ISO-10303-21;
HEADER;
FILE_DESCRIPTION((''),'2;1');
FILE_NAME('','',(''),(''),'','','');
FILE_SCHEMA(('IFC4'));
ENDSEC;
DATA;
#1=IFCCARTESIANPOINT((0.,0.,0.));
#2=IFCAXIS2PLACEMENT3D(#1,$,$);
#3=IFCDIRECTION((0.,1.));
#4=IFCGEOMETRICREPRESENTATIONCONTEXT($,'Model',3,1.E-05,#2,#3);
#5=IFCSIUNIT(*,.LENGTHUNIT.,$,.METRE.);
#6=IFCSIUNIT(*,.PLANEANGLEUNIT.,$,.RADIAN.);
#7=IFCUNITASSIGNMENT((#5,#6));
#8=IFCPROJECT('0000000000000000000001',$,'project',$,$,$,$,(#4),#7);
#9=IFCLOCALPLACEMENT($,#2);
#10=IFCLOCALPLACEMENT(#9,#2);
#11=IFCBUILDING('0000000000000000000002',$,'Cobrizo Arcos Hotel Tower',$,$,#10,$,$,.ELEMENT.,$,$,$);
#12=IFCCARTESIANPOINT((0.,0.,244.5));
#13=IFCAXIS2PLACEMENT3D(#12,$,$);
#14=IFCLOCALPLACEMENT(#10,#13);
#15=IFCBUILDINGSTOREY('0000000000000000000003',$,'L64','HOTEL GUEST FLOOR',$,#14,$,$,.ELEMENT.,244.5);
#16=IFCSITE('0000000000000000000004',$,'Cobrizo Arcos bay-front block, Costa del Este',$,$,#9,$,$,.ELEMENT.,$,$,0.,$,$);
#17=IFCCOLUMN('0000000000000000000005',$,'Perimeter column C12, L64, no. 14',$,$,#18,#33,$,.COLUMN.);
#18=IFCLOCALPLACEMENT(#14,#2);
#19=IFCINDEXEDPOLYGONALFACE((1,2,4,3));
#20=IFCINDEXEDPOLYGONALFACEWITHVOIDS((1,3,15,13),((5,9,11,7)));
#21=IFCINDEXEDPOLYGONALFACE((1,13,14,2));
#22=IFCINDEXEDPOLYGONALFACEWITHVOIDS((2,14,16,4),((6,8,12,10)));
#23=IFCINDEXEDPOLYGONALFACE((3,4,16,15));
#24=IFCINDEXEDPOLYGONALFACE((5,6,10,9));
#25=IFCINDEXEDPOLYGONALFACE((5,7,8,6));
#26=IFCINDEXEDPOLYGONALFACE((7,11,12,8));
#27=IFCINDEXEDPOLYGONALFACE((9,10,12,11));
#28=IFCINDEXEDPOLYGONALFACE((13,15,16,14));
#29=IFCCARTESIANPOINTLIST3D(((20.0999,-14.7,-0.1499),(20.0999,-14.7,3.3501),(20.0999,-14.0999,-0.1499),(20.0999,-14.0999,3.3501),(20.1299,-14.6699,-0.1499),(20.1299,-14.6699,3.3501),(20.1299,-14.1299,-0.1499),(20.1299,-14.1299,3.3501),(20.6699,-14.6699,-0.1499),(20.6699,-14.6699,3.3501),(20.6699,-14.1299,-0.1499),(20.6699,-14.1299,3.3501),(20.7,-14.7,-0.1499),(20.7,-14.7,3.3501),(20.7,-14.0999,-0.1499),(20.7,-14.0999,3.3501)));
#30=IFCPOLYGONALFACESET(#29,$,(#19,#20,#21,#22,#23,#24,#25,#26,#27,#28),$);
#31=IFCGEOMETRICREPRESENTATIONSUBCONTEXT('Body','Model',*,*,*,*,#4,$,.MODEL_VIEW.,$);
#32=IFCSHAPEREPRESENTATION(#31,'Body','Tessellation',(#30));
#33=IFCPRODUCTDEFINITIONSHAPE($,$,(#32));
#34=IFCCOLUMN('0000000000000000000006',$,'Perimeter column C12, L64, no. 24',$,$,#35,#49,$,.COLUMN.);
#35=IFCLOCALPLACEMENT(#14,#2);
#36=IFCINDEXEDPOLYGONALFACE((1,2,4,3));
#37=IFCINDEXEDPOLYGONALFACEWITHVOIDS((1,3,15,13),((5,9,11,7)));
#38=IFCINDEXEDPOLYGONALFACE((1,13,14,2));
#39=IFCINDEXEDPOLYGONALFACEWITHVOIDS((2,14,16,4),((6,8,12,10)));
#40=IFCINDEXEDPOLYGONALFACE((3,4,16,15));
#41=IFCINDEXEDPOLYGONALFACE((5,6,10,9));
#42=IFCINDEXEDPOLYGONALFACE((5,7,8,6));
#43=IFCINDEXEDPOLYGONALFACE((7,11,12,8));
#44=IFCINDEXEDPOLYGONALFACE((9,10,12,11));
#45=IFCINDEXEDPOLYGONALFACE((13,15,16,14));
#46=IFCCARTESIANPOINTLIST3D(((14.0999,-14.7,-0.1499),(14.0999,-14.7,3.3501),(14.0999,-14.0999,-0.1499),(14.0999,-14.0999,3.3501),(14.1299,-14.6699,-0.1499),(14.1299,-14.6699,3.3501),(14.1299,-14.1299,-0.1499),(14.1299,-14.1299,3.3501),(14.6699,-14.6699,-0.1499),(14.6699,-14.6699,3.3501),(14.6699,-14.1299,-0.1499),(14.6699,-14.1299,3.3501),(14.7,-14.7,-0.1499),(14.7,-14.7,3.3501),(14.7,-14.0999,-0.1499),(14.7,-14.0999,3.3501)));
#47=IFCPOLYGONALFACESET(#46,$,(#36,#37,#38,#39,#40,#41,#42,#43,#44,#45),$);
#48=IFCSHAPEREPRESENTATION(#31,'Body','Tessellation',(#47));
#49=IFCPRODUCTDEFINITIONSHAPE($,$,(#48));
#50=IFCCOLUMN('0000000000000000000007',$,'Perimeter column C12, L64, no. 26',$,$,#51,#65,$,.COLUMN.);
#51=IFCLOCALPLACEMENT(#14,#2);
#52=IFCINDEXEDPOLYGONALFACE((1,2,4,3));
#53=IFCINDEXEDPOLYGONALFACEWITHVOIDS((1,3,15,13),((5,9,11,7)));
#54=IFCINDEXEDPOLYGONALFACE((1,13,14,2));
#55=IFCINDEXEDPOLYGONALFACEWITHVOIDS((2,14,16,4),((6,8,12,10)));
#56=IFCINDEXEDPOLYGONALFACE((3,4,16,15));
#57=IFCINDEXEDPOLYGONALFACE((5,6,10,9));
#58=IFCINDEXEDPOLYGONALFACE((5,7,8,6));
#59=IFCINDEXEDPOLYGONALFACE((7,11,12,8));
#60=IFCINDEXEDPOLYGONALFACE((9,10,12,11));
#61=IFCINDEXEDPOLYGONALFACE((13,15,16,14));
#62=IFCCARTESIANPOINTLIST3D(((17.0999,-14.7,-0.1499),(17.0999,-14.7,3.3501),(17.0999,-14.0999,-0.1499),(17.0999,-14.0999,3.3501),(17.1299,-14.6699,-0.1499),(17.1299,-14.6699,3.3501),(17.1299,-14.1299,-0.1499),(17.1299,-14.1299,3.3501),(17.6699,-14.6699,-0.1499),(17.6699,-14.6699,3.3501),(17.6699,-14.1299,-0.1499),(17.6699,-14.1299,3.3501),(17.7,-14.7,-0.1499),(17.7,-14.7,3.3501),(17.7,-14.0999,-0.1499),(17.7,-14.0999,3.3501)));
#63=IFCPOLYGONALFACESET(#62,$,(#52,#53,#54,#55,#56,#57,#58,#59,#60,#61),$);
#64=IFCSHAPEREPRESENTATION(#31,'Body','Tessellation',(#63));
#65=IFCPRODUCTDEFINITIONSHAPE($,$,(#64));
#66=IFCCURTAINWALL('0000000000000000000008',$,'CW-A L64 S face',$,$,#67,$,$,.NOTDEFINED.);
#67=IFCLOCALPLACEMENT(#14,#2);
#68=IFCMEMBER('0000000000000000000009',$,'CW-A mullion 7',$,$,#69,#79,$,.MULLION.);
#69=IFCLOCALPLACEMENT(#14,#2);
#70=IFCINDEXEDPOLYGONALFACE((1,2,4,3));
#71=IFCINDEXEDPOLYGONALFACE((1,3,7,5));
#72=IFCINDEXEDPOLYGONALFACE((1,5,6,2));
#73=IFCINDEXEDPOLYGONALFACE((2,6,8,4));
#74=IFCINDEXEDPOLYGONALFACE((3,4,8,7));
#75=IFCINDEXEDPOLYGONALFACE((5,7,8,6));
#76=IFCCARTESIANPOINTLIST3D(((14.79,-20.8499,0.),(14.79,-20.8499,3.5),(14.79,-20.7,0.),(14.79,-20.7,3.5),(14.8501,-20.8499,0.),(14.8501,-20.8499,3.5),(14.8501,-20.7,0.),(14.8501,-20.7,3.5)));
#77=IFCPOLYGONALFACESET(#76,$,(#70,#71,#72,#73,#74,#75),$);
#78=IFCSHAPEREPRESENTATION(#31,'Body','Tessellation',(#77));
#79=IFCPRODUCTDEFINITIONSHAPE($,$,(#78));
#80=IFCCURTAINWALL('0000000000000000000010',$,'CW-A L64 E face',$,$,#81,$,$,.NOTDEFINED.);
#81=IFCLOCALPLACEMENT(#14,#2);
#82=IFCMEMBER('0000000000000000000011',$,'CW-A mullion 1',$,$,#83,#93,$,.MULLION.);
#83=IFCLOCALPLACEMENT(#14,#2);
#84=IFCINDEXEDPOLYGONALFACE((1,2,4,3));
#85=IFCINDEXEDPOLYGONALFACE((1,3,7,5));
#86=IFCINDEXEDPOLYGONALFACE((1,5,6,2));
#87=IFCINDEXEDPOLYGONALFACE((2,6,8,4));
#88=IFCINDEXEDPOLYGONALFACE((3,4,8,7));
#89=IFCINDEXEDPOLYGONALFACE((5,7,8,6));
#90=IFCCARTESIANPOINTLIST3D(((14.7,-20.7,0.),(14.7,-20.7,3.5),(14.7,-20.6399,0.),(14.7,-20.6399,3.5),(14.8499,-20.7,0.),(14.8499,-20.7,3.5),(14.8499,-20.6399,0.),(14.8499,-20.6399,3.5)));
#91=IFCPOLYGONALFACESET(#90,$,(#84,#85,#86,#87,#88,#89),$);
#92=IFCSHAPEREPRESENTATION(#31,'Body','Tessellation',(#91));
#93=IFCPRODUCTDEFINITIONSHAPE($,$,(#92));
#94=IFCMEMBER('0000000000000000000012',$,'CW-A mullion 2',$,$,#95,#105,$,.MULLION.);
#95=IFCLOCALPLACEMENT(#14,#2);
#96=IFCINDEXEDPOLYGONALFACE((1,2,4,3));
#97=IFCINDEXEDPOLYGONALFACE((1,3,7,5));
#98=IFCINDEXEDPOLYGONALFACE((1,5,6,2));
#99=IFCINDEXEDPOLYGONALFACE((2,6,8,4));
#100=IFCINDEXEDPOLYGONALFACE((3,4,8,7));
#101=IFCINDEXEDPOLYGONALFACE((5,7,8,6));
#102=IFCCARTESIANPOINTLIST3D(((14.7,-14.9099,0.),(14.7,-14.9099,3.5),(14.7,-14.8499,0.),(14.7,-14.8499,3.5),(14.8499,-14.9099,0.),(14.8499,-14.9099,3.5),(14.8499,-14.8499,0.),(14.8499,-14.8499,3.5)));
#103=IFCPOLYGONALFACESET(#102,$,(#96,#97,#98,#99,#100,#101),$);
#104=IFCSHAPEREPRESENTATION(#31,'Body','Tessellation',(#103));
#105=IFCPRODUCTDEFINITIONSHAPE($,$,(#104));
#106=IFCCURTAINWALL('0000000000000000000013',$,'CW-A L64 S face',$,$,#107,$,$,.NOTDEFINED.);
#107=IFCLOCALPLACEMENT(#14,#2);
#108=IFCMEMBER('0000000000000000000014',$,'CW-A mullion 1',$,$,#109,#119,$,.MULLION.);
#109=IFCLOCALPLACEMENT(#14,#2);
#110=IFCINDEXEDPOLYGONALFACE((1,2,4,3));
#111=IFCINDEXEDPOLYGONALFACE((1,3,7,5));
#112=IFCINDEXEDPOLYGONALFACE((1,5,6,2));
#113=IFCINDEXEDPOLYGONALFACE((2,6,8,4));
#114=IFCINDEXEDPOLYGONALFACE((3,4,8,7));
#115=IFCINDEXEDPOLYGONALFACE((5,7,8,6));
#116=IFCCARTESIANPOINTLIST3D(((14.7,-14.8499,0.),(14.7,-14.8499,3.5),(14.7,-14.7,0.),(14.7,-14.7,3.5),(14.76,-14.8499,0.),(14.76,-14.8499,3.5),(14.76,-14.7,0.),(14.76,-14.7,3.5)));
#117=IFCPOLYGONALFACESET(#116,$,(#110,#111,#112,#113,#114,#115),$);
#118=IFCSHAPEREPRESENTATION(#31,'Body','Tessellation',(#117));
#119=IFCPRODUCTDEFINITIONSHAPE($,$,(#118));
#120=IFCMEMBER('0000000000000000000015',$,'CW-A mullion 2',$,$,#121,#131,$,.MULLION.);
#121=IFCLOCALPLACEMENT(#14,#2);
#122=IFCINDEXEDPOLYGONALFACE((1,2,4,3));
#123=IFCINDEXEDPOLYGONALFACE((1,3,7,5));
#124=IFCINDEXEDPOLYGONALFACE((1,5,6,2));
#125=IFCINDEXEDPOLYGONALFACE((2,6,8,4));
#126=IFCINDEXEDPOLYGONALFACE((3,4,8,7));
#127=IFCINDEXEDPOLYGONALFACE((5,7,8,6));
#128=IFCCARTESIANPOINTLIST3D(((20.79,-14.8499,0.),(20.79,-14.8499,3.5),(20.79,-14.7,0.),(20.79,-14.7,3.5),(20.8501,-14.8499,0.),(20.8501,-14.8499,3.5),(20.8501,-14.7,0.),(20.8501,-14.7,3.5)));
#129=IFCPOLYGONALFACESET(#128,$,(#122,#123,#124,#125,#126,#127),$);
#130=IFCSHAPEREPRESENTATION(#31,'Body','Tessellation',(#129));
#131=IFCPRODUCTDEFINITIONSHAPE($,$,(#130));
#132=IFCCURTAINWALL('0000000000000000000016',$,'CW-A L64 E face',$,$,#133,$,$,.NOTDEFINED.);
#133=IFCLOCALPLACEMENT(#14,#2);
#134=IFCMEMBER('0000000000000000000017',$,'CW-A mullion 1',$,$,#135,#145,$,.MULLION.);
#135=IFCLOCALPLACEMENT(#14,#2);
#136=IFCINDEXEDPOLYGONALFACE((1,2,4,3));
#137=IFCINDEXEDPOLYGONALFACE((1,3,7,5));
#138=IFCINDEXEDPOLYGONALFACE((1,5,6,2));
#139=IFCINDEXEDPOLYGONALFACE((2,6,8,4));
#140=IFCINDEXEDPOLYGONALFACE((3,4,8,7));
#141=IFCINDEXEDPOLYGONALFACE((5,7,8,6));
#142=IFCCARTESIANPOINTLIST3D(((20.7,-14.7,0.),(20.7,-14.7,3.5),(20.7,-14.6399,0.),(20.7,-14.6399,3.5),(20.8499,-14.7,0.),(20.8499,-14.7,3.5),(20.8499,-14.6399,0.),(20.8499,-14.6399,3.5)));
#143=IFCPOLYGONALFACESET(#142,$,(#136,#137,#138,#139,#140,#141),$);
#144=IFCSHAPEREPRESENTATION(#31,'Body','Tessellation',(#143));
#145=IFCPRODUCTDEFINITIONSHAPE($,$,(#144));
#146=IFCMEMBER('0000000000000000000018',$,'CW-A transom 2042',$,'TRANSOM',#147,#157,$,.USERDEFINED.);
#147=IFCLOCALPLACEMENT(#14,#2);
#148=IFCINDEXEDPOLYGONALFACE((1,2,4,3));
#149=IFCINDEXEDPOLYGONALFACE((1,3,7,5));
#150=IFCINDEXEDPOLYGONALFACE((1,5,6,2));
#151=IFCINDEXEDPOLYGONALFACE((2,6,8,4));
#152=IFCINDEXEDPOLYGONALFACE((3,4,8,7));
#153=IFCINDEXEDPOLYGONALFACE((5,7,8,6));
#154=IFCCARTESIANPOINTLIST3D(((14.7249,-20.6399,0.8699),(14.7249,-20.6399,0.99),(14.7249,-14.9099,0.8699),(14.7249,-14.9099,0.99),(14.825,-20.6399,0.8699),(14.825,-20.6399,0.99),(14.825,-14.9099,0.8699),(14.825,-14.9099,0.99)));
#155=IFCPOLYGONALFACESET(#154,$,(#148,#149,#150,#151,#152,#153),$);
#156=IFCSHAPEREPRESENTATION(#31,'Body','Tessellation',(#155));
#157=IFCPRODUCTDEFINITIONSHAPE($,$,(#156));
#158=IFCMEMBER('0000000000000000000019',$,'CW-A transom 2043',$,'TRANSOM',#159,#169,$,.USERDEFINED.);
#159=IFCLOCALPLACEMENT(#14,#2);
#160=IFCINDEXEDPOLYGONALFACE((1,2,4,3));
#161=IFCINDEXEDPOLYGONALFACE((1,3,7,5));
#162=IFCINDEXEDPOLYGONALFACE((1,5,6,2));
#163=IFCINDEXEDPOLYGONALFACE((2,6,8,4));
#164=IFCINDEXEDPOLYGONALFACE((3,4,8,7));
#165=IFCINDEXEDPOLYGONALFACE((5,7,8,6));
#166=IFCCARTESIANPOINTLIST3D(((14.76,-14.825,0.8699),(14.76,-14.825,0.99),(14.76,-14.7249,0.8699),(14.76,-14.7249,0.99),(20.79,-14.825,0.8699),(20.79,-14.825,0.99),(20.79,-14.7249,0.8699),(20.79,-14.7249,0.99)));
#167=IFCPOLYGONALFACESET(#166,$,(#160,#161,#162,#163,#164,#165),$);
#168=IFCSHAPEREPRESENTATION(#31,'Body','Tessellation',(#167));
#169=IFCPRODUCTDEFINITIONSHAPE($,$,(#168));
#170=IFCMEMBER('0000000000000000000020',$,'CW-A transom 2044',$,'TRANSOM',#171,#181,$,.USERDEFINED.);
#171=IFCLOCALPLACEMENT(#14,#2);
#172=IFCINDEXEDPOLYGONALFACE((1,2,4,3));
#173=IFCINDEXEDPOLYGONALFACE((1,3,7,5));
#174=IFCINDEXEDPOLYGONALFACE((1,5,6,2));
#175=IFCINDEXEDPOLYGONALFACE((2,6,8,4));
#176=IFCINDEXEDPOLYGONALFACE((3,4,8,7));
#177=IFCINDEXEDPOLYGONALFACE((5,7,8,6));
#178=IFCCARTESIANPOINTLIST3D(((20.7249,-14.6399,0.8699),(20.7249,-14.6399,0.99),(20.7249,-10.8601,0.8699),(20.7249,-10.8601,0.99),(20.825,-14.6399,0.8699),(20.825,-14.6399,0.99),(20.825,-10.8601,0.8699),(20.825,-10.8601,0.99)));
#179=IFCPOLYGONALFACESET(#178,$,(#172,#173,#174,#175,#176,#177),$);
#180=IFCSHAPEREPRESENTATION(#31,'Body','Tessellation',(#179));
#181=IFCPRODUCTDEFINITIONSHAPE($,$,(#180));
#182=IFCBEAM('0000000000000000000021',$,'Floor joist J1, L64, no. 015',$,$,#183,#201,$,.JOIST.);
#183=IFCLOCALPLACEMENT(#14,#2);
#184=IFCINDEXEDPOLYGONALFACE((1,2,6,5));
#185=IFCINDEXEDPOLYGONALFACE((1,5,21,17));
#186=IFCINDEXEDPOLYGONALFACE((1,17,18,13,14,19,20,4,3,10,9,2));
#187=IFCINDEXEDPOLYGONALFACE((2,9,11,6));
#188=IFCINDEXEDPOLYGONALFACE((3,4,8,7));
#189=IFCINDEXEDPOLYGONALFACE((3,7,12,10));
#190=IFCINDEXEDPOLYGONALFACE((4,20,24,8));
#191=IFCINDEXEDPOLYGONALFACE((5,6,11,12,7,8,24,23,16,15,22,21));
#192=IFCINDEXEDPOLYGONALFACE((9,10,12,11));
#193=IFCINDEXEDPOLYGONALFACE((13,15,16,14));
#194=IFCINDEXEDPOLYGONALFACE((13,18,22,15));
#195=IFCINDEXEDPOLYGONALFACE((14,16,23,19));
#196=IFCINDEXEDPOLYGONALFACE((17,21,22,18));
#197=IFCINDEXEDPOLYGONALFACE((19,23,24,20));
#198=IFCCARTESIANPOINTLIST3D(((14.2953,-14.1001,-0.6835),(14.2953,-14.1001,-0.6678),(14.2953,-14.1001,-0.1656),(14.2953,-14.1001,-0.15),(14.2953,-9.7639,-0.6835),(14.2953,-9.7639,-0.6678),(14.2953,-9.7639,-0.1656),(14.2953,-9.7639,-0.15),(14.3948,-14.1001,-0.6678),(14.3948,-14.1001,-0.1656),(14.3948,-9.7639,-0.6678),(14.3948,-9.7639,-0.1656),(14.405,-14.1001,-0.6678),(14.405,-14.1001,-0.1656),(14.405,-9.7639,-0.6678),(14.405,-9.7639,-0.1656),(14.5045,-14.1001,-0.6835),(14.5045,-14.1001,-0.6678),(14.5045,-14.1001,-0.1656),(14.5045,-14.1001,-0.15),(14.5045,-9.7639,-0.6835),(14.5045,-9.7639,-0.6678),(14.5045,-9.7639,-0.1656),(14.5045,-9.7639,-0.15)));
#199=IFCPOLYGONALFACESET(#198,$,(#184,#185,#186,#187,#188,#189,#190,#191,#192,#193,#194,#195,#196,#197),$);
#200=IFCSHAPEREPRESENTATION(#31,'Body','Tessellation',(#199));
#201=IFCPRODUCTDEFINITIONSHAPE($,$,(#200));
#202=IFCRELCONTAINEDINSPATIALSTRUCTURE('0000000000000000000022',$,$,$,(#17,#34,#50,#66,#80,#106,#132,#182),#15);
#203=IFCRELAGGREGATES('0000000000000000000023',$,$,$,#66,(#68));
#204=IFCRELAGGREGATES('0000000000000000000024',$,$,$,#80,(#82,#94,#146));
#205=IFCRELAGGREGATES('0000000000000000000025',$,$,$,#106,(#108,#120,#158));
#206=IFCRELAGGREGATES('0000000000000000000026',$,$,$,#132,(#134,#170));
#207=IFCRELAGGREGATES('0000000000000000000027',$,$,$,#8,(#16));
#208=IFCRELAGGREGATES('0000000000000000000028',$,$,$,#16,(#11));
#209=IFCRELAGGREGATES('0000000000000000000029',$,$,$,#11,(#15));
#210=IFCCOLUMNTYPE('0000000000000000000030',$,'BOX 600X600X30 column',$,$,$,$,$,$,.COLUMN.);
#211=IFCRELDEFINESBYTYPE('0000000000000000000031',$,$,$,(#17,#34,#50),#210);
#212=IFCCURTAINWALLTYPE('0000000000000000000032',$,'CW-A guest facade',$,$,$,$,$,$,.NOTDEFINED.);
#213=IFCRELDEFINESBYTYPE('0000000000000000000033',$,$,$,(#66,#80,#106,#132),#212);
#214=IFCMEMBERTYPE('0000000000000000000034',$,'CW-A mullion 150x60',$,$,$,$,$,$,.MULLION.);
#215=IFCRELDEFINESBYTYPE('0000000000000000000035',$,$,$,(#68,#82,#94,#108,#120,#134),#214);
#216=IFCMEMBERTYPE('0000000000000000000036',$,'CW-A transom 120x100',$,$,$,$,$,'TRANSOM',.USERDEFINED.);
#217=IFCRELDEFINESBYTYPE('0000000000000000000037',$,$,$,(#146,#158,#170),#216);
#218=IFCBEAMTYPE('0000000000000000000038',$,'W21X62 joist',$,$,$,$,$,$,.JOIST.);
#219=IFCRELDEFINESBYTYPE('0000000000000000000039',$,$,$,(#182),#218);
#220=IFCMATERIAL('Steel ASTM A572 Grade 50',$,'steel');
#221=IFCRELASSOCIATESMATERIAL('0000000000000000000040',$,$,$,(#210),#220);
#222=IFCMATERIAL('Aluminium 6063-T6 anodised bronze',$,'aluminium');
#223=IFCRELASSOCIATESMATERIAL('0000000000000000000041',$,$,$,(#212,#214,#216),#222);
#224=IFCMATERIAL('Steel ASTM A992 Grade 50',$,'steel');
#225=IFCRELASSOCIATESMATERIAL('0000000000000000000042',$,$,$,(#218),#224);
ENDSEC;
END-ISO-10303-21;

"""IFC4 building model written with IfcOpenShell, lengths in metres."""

from ifc_helpers import new_model, si_unit, direction, frame, origin, origin_2d, place, context, subcontext, project, spatial, rectangle, hollow_rectangle, i_section, extrude, material, material_profile, profile_set, type_object, element, aggregate, save


model = new_model("IFC4")

# Units and contexts
model_context = context("Model", 3, precision=1e-05, world=origin(), true_north=direction((0.0, 1.0)))
body_context = subcontext(model_context, "Body", "Model", "MODEL_VIEW")
ifc_project = project(units=[si_unit("LENGTHUNIT", "METRE"), si_unit("PLANEANGLEUNIT", "RADIAN")], contexts=[model_context])

# Site, building, storey
site_placement = place(None, origin())
site = spatial("IfcSite", under=ifc_project, at=site_placement, Name="Cobrizo Arcos bay-front block, Costa del Este", CompositionType="ELEMENT", RefElevation=0.0)
building_placement = place(site_placement, origin())
building = spatial("IfcBuilding", under=site, at=building_placement, Name="Cobrizo Arcos Hotel Tower", CompositionType="ELEMENT")
storey_placement = place(building_placement, frame((0.0, 0.0, 244.5)))
storey = spatial("IfcBuildingStorey", under=building, at=storey_placement, Name="L64", Description="HOTEL GUEST FLOOR", CompositionType="ELEMENT", Elevation=244.5)

# Columns
ifc_material_1 = material(Name="Steel ASTM A572 Grade 50", Category="steel")
ifc_material_profile_1 = material_profile(ifc_material_1, hollow_rectangle(XDim=0.6001, YDim=0.6001, WallThickness=0.03, at=origin_2d()), Name="BOX 600X600X30")
ifc_profile_set_1 = profile_set([ifc_material_profile_1], Name="Steel ASTM A572 Grade 50")
column_type = type_object("IfcColumnType", Name="BOX 600X600X30 column", PredefinedType="COLUMN", material=ifc_profile_set_1)
for number, where, z_axis, x_axis, name in (
    (1, (20.3999, -14.3999, -0.1499), (0.0, 0.0, 1.0), (1.0, 0.0, 0.0), "Perimeter column C12, L64, no. 14"),
    (2, (14.3999, -14.3999, -0.1499), (0.0, 0.0, 1.0), (1.0, 0.0, 0.0), "Perimeter column C12, L64, no. 24"),
    (3, (17.3999, -14.3999, -0.1499), (0.0, 0.0, 1.0), (1.0, 0.0, 0.0), "Perimeter column C12, L64, no. 26"),
):
    element("IfcColumn", number, at=place(storey_placement, frame(where, z_axis=z_axis, x_axis=x_axis)), inside=storey, type_object=column_type, Name=name, PredefinedType="COLUMN", context=body_context, shape_type="SweptSolid", body=[
        extrude(hollow_rectangle(XDim=0.6001, YDim=0.6001, WallThickness=0.03, at=origin_2d()), origin(), (0.0, 0.0, 1.0), 3.5),
    ])

# Curtain wall, member
ifc_material_2 = material(Name="Aluminium 6063-T6 anodised bronze", Category="aluminium")
curtain_wall_type = type_object("IfcCurtainWallType", Name="CW-A guest facade", PredefinedType="NOTDEFINED", material=ifc_material_2)
curtain_wall_1_placement = place(storey_placement, origin())
curtain_wall_1 = element("IfcCurtainWall", 4, at=curtain_wall_1_placement, inside=storey, type_object=curtain_wall_type, Name="CW-A L64 S face", PredefinedType="NOTDEFINED")
ifc_material_profile_2 = material_profile(ifc_material_2, rectangle(XDim=0.1499, YDim=0.0601, at=origin_2d()), Name="CW-A mullion 150x60")
ifc_profile_set_2 = profile_set([ifc_material_profile_2], Name="Aluminium 6063-T6 anodised bronze")
member_type_1 = type_object("IfcMemberType", Name="CW-A mullion 150x60", PredefinedType="MULLION", material=ifc_profile_set_2)
member_1_placement = place(storey_placement, frame((14.8201, -20.7749, 0.0), z_axis=(0.0, 0.0, 1.0), x_axis=(0.0, -1.0, 0.0)))
member_1 = element("IfcMember", 5, at=member_1_placement, type_object=member_type_1, Name="CW-A mullion 7", PredefinedType="MULLION", context=body_context, shape_type="SweptSolid", body=[
    extrude(rectangle(XDim=0.1499, YDim=0.0601, at=origin_2d()), origin(), (0.0, 0.0, 1.0), 3.5),
])
aggregate(curtain_wall_1, [member_1])

# Curtain walls, members
curtain_wall_2_placement = place(storey_placement, origin())
curtain_wall_2 = element("IfcCurtainWall", 6, at=curtain_wall_2_placement, inside=storey, type_object=curtain_wall_type, Name="CW-A L64 E face", PredefinedType="NOTDEFINED")
member_2_placement = place(storey_placement, frame((14.7749, -20.6699, 0.0), z_axis=(0.0, 0.0, 1.0), x_axis=(1.0, 0.0, 0.0)))
member_2 = element("IfcMember", 7, at=member_2_placement, type_object=member_type_1, Name="CW-A mullion 1", PredefinedType="MULLION", context=body_context, shape_type="SweptSolid", body=[
    extrude(rectangle(XDim=0.1499, YDim=0.0601, at=origin_2d()), origin(), (0.0, 0.0, 1.0), 3.5),
])
member_3_placement = place(storey_placement, frame((14.7749, -14.8799, 0.0), z_axis=(0.0, 0.0, 1.0), x_axis=(1.0, 0.0, 0.0)))
member_3 = element("IfcMember", 8, at=member_3_placement, type_object=member_type_1, Name="CW-A mullion 2", PredefinedType="MULLION", context=body_context, shape_type="SweptSolid", body=[
    extrude(rectangle(XDim=0.1499, YDim=0.0601, at=origin_2d()), origin(), (0.0, 0.0, 1.0), 3.5),
])
curtain_wall_3_placement = place(storey_placement, origin())
curtain_wall_3 = element("IfcCurtainWall", 9, at=curtain_wall_3_placement, inside=storey, type_object=curtain_wall_type, Name="CW-A L64 S face", PredefinedType="NOTDEFINED")
member_4_placement = place(storey_placement, frame((14.73, -14.7749, 0.0), z_axis=(0.0, 0.0, 1.0), x_axis=(0.0, -1.0, 0.0)))
member_4 = element("IfcMember", 10, at=member_4_placement, type_object=member_type_1, Name="CW-A mullion 1", PredefinedType="MULLION", context=body_context, shape_type="SweptSolid", body=[
    extrude(rectangle(XDim=0.1499, YDim=0.0601, at=origin_2d()), origin(), (0.0, 0.0, 1.0), 3.5),
])
member_5_placement = place(storey_placement, frame((20.8201, -14.7749, 0.0), z_axis=(0.0, 0.0, 1.0), x_axis=(0.0, -1.0, 0.0)))
member_5 = element("IfcMember", 11, at=member_5_placement, type_object=member_type_1, Name="CW-A mullion 2", PredefinedType="MULLION", context=body_context, shape_type="SweptSolid", body=[
    extrude(rectangle(XDim=0.1499, YDim=0.0601, at=origin_2d()), origin(), (0.0, 0.0, 1.0), 3.5),
])

# Curtain wall, member
curtain_wall_4_placement = place(storey_placement, origin())
curtain_wall_4 = element("IfcCurtainWall", 12, at=curtain_wall_4_placement, inside=storey, type_object=curtain_wall_type, Name="CW-A L64 E face", PredefinedType="NOTDEFINED")
member_6_placement = place(storey_placement, frame((20.7749, -14.6699, 0.0), z_axis=(0.0, 0.0, 1.0), x_axis=(1.0, 0.0, 0.0)))
member_6 = element("IfcMember", 13, at=member_6_placement, type_object=member_type_1, Name="CW-A mullion 1", PredefinedType="MULLION", context=body_context, shape_type="SweptSolid", body=[
    extrude(rectangle(XDim=0.1499, YDim=0.0601, at=origin_2d()), origin(), (0.0, 0.0, 1.0), 3.5),
])

# Members
ifc_material_profile_3 = material_profile(ifc_material_2, rectangle(XDim=0.1001, YDim=0.1201, at=origin_2d()), Name="CW-A transom 120x100")
ifc_profile_set_3 = profile_set([ifc_material_profile_3], Name="Aluminium 6063-T6 anodised bronze")
member_type_2 = type_object("IfcMemberType", Name="CW-A transom 120x100", ElementType="TRANSOM", PredefinedType="USERDEFINED", material=ifc_profile_set_3)
member_7_placement = place(storey_placement, frame((14.7749, -20.6399, 0.9299), z_axis=(0.0, 1.0, 0.0), x_axis=(-1.0, 0.0, 0.0)))
member_7 = element("IfcMember", 14, at=member_7_placement, type_object=member_type_2, Name="CW-A transom 2042", ObjectType="TRANSOM", PredefinedType="USERDEFINED", context=body_context, shape_type="SweptSolid", body=[
    extrude(rectangle(XDim=0.1001, YDim=0.1201, at=origin_2d()), origin(), (0.0, 0.0, 1.0), 5.73),
])
member_8_placement = place(storey_placement, frame((14.76, -14.7749, 0.9299), z_axis=(1.0, 0.0, 0.0), x_axis=(0.0, 1.0, 0.0)))
member_8 = element("IfcMember", 15, at=member_8_placement, type_object=member_type_2, Name="CW-A transom 2043", ObjectType="TRANSOM", PredefinedType="USERDEFINED", context=body_context, shape_type="SweptSolid", body=[
    extrude(rectangle(XDim=0.1001, YDim=0.1201, at=origin_2d()), origin(), (0.0, 0.0, 1.0), 6.03),
])
member_9_placement = place(storey_placement, frame((20.7749, -14.6399, 0.9299), z_axis=(0.0, 1.0, 0.0), x_axis=(-1.0, 0.0, 0.0)))
member_9 = element("IfcMember", 16, at=member_9_placement, type_object=member_type_2, Name="CW-A transom 2044", ObjectType="TRANSOM", PredefinedType="USERDEFINED", context=body_context, shape_type="SweptSolid", body=[
    extrude(rectangle(XDim=0.1001, YDim=0.1201, at=origin_2d()), origin(), (0.0, 0.0, 1.0), 3.7798),
])

# Beam
ifc_material_3 = material(Name="Steel ASTM A992 Grade 50", Category="steel")
ifc_material_profile_4 = material_profile(ifc_material_3, i_section(OverallWidth=0.2092, OverallDepth=0.5334, WebThickness=0.0103, FlangeThickness=0.0156, at=origin_2d()), Name="W21X62")
ifc_profile_set_4 = profile_set([ifc_material_profile_4], Name="Steel ASTM A992 Grade 50")
beam_type_1 = type_object("IfcBeamType", Name="W21X62 joist", PredefinedType="JOIST", material=ifc_profile_set_4)
beam_1_placement = place(storey_placement, frame((14.3999, -14.1001, -0.4167), z_axis=(0.0, 1.0, 0.0), x_axis=(-1.0, 0.0, 0.0)))
element("IfcBeam", 17, at=beam_1_placement, inside=storey, type_object=beam_type_1, Name="Floor joist J1, L64, no. 015", PredefinedType="JOIST", context=body_context, shape_type="SweptSolid", body=[
    extrude(i_section(OverallWidth=0.2092, OverallDepth=0.5334, WebThickness=0.0103, FlangeThickness=0.0156, at=origin_2d()), origin(), (0.0, 0.0, 1.0), 4.3362),
])

aggregate(curtain_wall_2, [member_2, member_3, member_7])
aggregate(curtain_wall_3, [member_4, member_5, member_8])
aggregate(curtain_wall_4, [member_6, member_9])

save(model, "model.ifc")
